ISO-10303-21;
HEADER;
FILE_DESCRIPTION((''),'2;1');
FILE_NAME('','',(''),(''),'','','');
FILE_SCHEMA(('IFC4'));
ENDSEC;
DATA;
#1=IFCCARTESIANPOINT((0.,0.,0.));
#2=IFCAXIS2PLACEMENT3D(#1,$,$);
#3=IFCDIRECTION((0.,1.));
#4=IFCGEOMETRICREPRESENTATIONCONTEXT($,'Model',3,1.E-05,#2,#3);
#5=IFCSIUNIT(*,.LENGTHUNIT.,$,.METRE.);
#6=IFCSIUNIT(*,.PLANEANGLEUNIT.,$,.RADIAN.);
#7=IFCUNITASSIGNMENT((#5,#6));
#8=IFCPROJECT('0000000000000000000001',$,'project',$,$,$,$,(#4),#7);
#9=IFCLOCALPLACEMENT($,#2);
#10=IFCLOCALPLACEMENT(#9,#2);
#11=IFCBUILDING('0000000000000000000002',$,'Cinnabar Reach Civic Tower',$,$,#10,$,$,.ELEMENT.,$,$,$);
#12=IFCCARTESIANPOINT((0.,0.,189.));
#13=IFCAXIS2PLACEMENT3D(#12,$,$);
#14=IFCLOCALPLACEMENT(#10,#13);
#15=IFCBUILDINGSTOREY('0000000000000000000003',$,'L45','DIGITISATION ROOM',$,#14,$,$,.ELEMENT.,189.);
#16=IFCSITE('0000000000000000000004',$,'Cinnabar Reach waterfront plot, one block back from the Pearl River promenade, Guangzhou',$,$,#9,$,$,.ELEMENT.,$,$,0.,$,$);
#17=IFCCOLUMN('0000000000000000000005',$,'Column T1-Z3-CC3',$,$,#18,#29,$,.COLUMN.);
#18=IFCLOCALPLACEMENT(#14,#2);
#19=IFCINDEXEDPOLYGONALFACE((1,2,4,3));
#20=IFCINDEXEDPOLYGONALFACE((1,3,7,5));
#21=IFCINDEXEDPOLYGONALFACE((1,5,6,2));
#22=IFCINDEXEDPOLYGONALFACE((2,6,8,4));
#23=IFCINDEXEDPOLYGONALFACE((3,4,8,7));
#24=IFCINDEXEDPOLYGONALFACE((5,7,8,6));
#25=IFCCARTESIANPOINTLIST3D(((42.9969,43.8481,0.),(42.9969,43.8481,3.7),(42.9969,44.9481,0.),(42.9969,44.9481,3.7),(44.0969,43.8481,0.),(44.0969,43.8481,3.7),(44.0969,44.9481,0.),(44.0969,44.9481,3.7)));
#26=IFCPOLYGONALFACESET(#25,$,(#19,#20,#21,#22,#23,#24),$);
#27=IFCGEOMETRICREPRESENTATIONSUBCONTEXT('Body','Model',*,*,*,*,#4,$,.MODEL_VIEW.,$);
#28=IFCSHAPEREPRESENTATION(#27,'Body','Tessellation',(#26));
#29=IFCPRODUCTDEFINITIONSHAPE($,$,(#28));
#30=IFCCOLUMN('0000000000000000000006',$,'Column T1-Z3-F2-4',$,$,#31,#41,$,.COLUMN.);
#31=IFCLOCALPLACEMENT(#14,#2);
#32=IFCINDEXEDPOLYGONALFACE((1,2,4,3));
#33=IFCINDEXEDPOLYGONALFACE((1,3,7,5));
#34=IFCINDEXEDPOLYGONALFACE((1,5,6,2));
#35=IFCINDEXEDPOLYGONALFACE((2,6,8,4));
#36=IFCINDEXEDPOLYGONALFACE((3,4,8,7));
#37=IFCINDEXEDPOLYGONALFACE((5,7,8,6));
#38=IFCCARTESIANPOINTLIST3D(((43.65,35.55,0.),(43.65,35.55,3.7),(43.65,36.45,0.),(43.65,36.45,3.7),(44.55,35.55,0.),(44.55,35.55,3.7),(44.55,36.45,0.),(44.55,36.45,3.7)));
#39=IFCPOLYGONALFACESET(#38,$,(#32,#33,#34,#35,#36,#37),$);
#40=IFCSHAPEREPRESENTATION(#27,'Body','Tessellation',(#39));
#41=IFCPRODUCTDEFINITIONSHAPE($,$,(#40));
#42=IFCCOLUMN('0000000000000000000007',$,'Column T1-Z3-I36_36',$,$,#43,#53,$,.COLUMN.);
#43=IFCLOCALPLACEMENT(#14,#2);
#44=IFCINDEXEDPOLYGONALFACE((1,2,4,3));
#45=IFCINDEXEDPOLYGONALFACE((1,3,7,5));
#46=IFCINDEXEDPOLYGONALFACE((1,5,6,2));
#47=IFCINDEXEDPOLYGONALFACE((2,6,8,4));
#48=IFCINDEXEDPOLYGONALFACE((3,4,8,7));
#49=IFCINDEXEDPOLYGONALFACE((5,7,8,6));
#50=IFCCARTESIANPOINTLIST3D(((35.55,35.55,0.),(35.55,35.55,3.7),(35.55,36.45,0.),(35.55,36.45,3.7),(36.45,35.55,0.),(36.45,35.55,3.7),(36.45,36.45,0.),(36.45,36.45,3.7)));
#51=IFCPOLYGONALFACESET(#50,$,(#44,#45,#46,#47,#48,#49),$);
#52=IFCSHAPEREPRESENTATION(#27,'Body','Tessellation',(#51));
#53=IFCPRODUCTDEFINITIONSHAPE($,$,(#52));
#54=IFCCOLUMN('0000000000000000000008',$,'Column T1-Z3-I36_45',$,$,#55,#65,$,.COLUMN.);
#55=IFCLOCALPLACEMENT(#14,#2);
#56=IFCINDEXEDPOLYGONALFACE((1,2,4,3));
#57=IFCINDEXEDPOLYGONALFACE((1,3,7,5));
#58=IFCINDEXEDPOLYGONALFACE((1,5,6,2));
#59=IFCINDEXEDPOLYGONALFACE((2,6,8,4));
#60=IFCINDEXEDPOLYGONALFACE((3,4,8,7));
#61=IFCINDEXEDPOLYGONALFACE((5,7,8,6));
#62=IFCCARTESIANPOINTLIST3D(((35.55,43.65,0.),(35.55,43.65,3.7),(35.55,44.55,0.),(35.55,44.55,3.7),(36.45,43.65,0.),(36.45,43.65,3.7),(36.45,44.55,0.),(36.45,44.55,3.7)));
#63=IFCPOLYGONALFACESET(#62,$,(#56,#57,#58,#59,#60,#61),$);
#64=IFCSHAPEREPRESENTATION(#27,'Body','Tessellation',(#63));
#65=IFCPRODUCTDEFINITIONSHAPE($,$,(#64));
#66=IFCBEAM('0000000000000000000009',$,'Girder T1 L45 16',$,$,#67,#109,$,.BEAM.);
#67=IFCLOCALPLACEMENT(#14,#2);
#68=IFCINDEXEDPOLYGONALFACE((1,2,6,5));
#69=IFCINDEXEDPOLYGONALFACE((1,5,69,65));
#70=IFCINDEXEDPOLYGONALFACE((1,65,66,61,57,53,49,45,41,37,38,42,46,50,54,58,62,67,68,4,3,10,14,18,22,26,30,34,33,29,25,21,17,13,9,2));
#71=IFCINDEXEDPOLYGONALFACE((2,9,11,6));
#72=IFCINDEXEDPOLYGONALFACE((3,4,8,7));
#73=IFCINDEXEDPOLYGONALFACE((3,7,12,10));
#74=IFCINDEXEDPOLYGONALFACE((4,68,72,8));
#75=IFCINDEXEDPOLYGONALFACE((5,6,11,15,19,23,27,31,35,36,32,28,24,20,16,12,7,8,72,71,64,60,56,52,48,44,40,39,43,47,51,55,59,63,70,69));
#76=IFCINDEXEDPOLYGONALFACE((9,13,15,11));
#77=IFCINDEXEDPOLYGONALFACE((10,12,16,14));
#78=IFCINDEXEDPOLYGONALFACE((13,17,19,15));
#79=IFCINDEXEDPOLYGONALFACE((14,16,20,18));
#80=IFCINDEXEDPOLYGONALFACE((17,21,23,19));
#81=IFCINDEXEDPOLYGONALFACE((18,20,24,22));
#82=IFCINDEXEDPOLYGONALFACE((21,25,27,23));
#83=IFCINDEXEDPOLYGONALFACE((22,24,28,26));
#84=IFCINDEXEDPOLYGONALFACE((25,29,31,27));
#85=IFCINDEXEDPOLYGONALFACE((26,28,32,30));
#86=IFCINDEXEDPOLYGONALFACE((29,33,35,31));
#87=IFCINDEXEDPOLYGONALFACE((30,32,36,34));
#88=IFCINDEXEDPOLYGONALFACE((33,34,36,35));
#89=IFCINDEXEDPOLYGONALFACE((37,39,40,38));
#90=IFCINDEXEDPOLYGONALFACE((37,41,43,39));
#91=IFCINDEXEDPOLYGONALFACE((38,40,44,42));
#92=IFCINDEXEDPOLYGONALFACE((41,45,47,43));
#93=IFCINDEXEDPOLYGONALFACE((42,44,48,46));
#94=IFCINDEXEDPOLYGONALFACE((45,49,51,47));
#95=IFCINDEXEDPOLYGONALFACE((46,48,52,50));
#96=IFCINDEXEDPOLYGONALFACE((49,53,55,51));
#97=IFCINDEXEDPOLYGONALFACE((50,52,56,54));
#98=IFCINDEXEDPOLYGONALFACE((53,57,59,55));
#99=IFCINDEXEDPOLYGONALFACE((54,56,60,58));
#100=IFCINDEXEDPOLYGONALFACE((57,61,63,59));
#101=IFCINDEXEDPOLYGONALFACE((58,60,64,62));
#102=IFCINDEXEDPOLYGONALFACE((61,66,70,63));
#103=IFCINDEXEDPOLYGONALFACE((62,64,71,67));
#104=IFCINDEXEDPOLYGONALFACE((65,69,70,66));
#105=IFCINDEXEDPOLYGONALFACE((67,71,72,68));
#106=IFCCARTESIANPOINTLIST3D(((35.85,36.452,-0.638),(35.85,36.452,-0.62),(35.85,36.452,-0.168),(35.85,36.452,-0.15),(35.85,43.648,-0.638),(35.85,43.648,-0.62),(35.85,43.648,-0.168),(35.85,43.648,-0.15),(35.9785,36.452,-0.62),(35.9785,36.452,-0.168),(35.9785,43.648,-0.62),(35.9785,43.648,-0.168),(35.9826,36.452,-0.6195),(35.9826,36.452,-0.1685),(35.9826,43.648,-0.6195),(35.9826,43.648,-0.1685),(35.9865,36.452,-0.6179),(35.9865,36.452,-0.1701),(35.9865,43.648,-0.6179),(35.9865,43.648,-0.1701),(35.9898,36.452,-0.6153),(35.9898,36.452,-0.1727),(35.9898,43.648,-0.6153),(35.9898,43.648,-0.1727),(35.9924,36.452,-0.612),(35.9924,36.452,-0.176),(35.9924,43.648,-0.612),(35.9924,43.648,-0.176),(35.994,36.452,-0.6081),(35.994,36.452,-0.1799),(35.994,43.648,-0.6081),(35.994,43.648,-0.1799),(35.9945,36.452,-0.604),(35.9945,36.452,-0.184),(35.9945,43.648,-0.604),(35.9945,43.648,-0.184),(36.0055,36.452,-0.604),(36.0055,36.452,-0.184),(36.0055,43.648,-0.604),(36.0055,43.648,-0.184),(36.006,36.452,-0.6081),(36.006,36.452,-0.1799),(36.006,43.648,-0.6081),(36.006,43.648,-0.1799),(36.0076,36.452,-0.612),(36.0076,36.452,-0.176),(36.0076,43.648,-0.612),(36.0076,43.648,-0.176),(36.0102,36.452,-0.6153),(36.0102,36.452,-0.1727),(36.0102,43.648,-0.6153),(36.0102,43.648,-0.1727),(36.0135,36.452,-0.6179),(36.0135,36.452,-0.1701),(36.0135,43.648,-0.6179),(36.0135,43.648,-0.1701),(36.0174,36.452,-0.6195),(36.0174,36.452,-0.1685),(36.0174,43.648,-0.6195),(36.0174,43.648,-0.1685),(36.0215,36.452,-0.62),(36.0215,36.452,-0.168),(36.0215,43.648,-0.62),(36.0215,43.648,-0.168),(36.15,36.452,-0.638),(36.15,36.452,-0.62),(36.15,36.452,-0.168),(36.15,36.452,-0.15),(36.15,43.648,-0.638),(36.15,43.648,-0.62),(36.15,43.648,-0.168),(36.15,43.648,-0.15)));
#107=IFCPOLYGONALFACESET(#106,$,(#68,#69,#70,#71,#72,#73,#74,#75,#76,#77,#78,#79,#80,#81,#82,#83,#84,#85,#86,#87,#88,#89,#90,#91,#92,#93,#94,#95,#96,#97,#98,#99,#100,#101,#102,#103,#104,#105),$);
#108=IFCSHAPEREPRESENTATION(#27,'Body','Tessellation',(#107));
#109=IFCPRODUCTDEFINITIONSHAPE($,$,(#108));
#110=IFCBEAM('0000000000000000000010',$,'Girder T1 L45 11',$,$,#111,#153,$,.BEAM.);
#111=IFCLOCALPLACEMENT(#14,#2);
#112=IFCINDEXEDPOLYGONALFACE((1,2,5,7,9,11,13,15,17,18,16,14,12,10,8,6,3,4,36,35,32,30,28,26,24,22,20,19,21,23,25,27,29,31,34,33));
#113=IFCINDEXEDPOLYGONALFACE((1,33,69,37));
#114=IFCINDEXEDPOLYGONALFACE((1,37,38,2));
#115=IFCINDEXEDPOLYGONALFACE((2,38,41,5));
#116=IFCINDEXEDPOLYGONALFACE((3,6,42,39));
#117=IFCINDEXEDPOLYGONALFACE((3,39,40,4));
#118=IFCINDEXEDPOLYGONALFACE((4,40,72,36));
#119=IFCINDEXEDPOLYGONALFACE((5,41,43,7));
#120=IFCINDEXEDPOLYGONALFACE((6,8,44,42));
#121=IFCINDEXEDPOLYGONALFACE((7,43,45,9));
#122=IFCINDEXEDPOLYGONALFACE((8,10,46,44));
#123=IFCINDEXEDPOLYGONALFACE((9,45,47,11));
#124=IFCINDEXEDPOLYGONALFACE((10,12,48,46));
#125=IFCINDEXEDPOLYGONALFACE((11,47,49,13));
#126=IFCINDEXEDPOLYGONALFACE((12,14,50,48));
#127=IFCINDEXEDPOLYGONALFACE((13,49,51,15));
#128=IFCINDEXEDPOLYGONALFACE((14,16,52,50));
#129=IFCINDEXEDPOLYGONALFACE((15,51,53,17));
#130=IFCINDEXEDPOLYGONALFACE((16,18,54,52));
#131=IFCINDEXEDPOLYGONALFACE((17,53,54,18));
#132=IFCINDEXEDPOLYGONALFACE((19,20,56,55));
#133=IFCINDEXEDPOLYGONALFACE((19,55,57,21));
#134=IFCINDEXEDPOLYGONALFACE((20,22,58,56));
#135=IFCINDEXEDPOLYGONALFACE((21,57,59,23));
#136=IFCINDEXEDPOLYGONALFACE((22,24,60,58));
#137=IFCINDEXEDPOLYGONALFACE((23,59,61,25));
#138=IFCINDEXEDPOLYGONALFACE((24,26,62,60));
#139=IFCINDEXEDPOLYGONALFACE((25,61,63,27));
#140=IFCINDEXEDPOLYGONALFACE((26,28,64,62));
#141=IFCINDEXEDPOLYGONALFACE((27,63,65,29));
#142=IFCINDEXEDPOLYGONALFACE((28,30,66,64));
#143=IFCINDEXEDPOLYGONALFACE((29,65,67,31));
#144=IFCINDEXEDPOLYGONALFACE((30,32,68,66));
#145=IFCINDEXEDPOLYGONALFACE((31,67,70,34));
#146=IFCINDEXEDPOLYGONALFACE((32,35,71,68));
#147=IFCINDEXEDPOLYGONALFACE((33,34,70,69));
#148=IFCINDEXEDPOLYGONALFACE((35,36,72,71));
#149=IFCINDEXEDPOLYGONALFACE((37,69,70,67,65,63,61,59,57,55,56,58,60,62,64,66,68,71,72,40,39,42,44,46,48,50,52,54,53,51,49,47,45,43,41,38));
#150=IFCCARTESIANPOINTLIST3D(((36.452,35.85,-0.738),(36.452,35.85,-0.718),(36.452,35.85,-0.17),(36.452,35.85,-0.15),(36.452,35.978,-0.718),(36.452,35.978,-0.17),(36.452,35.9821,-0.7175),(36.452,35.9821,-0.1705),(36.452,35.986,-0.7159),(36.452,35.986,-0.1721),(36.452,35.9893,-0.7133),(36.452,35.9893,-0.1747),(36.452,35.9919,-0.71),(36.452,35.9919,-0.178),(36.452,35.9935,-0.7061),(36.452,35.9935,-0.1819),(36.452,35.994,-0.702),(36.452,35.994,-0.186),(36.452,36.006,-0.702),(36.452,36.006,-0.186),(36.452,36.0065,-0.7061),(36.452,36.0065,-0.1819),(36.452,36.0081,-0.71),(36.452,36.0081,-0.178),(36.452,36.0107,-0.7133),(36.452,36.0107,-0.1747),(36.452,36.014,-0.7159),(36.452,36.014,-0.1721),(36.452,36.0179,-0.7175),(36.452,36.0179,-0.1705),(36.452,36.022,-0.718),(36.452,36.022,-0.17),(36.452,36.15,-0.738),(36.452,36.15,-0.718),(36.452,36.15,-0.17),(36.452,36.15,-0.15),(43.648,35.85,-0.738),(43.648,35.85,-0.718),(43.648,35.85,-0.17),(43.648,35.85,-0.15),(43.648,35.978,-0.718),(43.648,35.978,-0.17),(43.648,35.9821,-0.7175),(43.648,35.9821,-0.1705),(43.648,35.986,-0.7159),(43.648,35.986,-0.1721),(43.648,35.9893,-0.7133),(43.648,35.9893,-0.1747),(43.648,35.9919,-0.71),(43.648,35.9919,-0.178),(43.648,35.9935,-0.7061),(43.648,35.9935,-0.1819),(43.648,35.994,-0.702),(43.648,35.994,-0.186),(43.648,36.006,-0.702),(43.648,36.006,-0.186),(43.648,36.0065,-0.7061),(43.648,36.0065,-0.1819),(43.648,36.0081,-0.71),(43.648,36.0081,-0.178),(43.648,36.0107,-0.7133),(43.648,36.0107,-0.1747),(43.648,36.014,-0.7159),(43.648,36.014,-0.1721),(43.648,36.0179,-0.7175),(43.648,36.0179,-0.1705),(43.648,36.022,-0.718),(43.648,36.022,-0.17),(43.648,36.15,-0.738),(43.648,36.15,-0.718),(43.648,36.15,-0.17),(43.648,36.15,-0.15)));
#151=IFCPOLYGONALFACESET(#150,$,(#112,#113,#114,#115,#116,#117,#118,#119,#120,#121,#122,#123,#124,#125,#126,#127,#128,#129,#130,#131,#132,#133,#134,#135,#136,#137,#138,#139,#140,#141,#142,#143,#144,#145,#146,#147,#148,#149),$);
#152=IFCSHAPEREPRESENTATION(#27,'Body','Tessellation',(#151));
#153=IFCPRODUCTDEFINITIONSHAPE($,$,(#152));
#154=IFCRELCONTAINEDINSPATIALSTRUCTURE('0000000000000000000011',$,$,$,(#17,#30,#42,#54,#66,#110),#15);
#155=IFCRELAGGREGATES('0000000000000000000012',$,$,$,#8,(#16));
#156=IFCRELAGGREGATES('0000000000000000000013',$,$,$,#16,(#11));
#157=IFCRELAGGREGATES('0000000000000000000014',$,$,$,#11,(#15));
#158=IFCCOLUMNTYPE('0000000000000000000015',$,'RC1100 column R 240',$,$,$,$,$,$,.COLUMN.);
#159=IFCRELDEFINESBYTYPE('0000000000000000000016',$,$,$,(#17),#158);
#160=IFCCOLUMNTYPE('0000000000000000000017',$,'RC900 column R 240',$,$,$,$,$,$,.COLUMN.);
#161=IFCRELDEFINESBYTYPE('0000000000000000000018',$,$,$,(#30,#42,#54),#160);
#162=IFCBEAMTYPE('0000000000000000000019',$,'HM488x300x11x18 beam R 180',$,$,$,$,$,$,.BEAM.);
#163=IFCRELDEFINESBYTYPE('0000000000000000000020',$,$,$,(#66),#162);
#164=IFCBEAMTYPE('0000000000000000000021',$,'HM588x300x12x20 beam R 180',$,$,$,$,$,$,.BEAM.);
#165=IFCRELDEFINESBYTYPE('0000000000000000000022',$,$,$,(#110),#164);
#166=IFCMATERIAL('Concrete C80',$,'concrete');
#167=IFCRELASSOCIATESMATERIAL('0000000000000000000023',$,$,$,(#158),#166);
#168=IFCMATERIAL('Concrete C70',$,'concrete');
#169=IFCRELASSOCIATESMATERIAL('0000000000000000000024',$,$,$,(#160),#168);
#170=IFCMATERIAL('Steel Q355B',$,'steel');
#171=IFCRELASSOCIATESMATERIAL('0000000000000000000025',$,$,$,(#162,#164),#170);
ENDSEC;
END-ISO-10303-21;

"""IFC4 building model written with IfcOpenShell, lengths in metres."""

from ifc_helpers import new_model, si_unit, direction, frame, origin, origin_2d, place, context, subcontext, project, spatial, rectangle, i_section, extrude, material, material_profile, profile_set, type_object, element, save


model = new_model("IFC4")

# Units and contexts
model_context = context("Model", 3, precision=1e-05, world=origin(), true_north=direction((0.0, 1.0)))
body_context = subcontext(model_context, "Body", "Model", "MODEL_VIEW")
ifc_project = project(units=[si_unit("LENGTHUNIT", "METRE"), si_unit("PLANEANGLEUNIT", "RADIAN")], contexts=[model_context])

# Site, building, storey
site_placement = place(None, origin())
site = spatial("IfcSite", under=ifc_project, at=site_placement, Name="Cinnabar Reach waterfront plot, one block back from the Pearl River promenade, Guangzhou", CompositionType="ELEMENT", RefElevation=0.0)
building_placement = place(site_placement, origin())
building = spatial("IfcBuilding", under=site, at=building_placement, Name="Cinnabar Reach Civic Tower", CompositionType="ELEMENT")
storey_placement = place(building_placement, frame((0.0, 0.0, 189.0)))
storey = spatial("IfcBuildingStorey", under=building, at=storey_placement, Name="L45", Description="DIGITISATION ROOM", CompositionType="ELEMENT", Elevation=189.0)

# Columns
ifc_material_1 = material(Name="Concrete C80", Category="concrete")
ifc_material_profile_1 = material_profile(ifc_material_1, rectangle(XDim=1.1, YDim=1.1, at=origin_2d()), Name="RC1100")
ifc_profile_set_1 = profile_set([ifc_material_profile_1], Name="Concrete C80")
column_type_1 = type_object("IfcColumnType", Name="RC1100 column R 240", PredefinedType="COLUMN", material=ifc_profile_set_1)
column_placement = place(storey_placement, frame((43.5469, 44.3981, 0.0), z_axis=(0.0, 0.0, 1.0), x_axis=(1.0, 0.0, 0.0)))
element("IfcColumn", 1, at=column_placement, inside=storey, type_object=column_type_1, Name="Column T1-Z3-CC3", PredefinedType="COLUMN", context=body_context, shape_type="SweptSolid", body=[
    extrude(rectangle(XDim=1.1, YDim=1.1, at=origin_2d()), origin(), (0.0, 0.0, 1.0), 3.7),
])
ifc_material_2 = material(Name="Concrete C70", Category="concrete")
ifc_material_profile_2 = material_profile(ifc_material_2, rectangle(XDim=0.9, YDim=0.9, at=origin_2d()), Name="RC900")
ifc_profile_set_2 = profile_set([ifc_material_profile_2], Name="Concrete C70")
column_type_2 = type_object("IfcColumnType", Name="RC900 column R 240", PredefinedType="COLUMN", material=ifc_profile_set_2)
for number, where, z_axis, x_axis, name in (
    (2, (44.1, 36.0, 0.0), (0.0, 0.0, 1.0), (1.0, 0.0, 0.0), "Column T1-Z3-F2-4"),
    (3, (36.0, 36.0, 0.0), (0.0, 0.0, 1.0), (1.0, 0.0, 0.0), "Column T1-Z3-I36_36"),
    (4, (36.0, 44.1, 0.0), (0.0, 0.0, 1.0), (1.0, 0.0, 0.0), "Column T1-Z3-I36_45"),
):
    element("IfcColumn", number, at=place(storey_placement, frame(where, z_axis=z_axis, x_axis=x_axis)), inside=storey, type_object=column_type_2, Name=name, PredefinedType="COLUMN", context=body_context, shape_type="SweptSolid", body=[
        extrude(rectangle(XDim=0.9, YDim=0.9, at=origin_2d()), origin(), (0.0, 0.0, 1.0), 3.7),
    ])

# Beams
ifc_material_3 = material(Name="Steel Q355B", Category="steel")
ifc_material_profile_3 = material_profile(ifc_material_3, i_section(OverallWidth=0.3, OverallDepth=0.488, WebThickness=0.011, FlangeThickness=0.018, FilletRadius=0.016, at=origin_2d()), Name="HM488x300x11x18")
ifc_profile_set_3 = profile_set([ifc_material_profile_3], Name="Steel Q355B")
beam_type_1 = type_object("IfcBeamType", Name="HM488x300x11x18 beam R 180", PredefinedType="BEAM", material=ifc_profile_set_3)
beam_1_placement = place(storey_placement, frame((36.0, 36.452, -0.394), z_axis=(0.0, 1.0, 0.0), x_axis=(-1.0, 0.0, 0.0)))
element("IfcBeam", 5, at=beam_1_placement, inside=storey, type_object=beam_type_1, Name="Girder T1 L45 16", PredefinedType="BEAM", context=body_context, shape_type="SweptSolid", body=[
    extrude(i_section(OverallWidth=0.3, OverallDepth=0.488, WebThickness=0.011, FlangeThickness=0.018, FilletRadius=0.016, at=origin_2d()), origin(), (0.0, 0.0, 1.0), 7.196),
])
ifc_material_profile_4 = material_profile(ifc_material_3, i_section(OverallWidth=0.3, OverallDepth=0.588, WebThickness=0.012, FlangeThickness=0.02, FilletRadius=0.016, at=origin_2d()), Name="HM588x300x12x20")
ifc_profile_set_4 = profile_set([ifc_material_profile_4], Name="Steel Q355B")
beam_type_2 = type_object("IfcBeamType", Name="HM588x300x12x20 beam R 180", PredefinedType="BEAM", material=ifc_profile_set_4)
beam_2_placement = place(storey_placement, frame((36.452, 36.0, -0.444), z_axis=(1.0, 0.0, 0.0), x_axis=(0.0, 1.0, 0.0)))
element("IfcBeam", 6, at=beam_2_placement, inside=storey, type_object=beam_type_2, Name="Girder T1 L45 11", PredefinedType="BEAM", context=body_context, shape_type="SweptSolid", body=[
    extrude(i_section(OverallWidth=0.3, OverallDepth=0.588, WebThickness=0.012, FlangeThickness=0.02, FilletRadius=0.016, at=origin_2d()), origin(), (0.0, 0.0, 1.0), 7.196),
])

save(model, "model.ifc")
